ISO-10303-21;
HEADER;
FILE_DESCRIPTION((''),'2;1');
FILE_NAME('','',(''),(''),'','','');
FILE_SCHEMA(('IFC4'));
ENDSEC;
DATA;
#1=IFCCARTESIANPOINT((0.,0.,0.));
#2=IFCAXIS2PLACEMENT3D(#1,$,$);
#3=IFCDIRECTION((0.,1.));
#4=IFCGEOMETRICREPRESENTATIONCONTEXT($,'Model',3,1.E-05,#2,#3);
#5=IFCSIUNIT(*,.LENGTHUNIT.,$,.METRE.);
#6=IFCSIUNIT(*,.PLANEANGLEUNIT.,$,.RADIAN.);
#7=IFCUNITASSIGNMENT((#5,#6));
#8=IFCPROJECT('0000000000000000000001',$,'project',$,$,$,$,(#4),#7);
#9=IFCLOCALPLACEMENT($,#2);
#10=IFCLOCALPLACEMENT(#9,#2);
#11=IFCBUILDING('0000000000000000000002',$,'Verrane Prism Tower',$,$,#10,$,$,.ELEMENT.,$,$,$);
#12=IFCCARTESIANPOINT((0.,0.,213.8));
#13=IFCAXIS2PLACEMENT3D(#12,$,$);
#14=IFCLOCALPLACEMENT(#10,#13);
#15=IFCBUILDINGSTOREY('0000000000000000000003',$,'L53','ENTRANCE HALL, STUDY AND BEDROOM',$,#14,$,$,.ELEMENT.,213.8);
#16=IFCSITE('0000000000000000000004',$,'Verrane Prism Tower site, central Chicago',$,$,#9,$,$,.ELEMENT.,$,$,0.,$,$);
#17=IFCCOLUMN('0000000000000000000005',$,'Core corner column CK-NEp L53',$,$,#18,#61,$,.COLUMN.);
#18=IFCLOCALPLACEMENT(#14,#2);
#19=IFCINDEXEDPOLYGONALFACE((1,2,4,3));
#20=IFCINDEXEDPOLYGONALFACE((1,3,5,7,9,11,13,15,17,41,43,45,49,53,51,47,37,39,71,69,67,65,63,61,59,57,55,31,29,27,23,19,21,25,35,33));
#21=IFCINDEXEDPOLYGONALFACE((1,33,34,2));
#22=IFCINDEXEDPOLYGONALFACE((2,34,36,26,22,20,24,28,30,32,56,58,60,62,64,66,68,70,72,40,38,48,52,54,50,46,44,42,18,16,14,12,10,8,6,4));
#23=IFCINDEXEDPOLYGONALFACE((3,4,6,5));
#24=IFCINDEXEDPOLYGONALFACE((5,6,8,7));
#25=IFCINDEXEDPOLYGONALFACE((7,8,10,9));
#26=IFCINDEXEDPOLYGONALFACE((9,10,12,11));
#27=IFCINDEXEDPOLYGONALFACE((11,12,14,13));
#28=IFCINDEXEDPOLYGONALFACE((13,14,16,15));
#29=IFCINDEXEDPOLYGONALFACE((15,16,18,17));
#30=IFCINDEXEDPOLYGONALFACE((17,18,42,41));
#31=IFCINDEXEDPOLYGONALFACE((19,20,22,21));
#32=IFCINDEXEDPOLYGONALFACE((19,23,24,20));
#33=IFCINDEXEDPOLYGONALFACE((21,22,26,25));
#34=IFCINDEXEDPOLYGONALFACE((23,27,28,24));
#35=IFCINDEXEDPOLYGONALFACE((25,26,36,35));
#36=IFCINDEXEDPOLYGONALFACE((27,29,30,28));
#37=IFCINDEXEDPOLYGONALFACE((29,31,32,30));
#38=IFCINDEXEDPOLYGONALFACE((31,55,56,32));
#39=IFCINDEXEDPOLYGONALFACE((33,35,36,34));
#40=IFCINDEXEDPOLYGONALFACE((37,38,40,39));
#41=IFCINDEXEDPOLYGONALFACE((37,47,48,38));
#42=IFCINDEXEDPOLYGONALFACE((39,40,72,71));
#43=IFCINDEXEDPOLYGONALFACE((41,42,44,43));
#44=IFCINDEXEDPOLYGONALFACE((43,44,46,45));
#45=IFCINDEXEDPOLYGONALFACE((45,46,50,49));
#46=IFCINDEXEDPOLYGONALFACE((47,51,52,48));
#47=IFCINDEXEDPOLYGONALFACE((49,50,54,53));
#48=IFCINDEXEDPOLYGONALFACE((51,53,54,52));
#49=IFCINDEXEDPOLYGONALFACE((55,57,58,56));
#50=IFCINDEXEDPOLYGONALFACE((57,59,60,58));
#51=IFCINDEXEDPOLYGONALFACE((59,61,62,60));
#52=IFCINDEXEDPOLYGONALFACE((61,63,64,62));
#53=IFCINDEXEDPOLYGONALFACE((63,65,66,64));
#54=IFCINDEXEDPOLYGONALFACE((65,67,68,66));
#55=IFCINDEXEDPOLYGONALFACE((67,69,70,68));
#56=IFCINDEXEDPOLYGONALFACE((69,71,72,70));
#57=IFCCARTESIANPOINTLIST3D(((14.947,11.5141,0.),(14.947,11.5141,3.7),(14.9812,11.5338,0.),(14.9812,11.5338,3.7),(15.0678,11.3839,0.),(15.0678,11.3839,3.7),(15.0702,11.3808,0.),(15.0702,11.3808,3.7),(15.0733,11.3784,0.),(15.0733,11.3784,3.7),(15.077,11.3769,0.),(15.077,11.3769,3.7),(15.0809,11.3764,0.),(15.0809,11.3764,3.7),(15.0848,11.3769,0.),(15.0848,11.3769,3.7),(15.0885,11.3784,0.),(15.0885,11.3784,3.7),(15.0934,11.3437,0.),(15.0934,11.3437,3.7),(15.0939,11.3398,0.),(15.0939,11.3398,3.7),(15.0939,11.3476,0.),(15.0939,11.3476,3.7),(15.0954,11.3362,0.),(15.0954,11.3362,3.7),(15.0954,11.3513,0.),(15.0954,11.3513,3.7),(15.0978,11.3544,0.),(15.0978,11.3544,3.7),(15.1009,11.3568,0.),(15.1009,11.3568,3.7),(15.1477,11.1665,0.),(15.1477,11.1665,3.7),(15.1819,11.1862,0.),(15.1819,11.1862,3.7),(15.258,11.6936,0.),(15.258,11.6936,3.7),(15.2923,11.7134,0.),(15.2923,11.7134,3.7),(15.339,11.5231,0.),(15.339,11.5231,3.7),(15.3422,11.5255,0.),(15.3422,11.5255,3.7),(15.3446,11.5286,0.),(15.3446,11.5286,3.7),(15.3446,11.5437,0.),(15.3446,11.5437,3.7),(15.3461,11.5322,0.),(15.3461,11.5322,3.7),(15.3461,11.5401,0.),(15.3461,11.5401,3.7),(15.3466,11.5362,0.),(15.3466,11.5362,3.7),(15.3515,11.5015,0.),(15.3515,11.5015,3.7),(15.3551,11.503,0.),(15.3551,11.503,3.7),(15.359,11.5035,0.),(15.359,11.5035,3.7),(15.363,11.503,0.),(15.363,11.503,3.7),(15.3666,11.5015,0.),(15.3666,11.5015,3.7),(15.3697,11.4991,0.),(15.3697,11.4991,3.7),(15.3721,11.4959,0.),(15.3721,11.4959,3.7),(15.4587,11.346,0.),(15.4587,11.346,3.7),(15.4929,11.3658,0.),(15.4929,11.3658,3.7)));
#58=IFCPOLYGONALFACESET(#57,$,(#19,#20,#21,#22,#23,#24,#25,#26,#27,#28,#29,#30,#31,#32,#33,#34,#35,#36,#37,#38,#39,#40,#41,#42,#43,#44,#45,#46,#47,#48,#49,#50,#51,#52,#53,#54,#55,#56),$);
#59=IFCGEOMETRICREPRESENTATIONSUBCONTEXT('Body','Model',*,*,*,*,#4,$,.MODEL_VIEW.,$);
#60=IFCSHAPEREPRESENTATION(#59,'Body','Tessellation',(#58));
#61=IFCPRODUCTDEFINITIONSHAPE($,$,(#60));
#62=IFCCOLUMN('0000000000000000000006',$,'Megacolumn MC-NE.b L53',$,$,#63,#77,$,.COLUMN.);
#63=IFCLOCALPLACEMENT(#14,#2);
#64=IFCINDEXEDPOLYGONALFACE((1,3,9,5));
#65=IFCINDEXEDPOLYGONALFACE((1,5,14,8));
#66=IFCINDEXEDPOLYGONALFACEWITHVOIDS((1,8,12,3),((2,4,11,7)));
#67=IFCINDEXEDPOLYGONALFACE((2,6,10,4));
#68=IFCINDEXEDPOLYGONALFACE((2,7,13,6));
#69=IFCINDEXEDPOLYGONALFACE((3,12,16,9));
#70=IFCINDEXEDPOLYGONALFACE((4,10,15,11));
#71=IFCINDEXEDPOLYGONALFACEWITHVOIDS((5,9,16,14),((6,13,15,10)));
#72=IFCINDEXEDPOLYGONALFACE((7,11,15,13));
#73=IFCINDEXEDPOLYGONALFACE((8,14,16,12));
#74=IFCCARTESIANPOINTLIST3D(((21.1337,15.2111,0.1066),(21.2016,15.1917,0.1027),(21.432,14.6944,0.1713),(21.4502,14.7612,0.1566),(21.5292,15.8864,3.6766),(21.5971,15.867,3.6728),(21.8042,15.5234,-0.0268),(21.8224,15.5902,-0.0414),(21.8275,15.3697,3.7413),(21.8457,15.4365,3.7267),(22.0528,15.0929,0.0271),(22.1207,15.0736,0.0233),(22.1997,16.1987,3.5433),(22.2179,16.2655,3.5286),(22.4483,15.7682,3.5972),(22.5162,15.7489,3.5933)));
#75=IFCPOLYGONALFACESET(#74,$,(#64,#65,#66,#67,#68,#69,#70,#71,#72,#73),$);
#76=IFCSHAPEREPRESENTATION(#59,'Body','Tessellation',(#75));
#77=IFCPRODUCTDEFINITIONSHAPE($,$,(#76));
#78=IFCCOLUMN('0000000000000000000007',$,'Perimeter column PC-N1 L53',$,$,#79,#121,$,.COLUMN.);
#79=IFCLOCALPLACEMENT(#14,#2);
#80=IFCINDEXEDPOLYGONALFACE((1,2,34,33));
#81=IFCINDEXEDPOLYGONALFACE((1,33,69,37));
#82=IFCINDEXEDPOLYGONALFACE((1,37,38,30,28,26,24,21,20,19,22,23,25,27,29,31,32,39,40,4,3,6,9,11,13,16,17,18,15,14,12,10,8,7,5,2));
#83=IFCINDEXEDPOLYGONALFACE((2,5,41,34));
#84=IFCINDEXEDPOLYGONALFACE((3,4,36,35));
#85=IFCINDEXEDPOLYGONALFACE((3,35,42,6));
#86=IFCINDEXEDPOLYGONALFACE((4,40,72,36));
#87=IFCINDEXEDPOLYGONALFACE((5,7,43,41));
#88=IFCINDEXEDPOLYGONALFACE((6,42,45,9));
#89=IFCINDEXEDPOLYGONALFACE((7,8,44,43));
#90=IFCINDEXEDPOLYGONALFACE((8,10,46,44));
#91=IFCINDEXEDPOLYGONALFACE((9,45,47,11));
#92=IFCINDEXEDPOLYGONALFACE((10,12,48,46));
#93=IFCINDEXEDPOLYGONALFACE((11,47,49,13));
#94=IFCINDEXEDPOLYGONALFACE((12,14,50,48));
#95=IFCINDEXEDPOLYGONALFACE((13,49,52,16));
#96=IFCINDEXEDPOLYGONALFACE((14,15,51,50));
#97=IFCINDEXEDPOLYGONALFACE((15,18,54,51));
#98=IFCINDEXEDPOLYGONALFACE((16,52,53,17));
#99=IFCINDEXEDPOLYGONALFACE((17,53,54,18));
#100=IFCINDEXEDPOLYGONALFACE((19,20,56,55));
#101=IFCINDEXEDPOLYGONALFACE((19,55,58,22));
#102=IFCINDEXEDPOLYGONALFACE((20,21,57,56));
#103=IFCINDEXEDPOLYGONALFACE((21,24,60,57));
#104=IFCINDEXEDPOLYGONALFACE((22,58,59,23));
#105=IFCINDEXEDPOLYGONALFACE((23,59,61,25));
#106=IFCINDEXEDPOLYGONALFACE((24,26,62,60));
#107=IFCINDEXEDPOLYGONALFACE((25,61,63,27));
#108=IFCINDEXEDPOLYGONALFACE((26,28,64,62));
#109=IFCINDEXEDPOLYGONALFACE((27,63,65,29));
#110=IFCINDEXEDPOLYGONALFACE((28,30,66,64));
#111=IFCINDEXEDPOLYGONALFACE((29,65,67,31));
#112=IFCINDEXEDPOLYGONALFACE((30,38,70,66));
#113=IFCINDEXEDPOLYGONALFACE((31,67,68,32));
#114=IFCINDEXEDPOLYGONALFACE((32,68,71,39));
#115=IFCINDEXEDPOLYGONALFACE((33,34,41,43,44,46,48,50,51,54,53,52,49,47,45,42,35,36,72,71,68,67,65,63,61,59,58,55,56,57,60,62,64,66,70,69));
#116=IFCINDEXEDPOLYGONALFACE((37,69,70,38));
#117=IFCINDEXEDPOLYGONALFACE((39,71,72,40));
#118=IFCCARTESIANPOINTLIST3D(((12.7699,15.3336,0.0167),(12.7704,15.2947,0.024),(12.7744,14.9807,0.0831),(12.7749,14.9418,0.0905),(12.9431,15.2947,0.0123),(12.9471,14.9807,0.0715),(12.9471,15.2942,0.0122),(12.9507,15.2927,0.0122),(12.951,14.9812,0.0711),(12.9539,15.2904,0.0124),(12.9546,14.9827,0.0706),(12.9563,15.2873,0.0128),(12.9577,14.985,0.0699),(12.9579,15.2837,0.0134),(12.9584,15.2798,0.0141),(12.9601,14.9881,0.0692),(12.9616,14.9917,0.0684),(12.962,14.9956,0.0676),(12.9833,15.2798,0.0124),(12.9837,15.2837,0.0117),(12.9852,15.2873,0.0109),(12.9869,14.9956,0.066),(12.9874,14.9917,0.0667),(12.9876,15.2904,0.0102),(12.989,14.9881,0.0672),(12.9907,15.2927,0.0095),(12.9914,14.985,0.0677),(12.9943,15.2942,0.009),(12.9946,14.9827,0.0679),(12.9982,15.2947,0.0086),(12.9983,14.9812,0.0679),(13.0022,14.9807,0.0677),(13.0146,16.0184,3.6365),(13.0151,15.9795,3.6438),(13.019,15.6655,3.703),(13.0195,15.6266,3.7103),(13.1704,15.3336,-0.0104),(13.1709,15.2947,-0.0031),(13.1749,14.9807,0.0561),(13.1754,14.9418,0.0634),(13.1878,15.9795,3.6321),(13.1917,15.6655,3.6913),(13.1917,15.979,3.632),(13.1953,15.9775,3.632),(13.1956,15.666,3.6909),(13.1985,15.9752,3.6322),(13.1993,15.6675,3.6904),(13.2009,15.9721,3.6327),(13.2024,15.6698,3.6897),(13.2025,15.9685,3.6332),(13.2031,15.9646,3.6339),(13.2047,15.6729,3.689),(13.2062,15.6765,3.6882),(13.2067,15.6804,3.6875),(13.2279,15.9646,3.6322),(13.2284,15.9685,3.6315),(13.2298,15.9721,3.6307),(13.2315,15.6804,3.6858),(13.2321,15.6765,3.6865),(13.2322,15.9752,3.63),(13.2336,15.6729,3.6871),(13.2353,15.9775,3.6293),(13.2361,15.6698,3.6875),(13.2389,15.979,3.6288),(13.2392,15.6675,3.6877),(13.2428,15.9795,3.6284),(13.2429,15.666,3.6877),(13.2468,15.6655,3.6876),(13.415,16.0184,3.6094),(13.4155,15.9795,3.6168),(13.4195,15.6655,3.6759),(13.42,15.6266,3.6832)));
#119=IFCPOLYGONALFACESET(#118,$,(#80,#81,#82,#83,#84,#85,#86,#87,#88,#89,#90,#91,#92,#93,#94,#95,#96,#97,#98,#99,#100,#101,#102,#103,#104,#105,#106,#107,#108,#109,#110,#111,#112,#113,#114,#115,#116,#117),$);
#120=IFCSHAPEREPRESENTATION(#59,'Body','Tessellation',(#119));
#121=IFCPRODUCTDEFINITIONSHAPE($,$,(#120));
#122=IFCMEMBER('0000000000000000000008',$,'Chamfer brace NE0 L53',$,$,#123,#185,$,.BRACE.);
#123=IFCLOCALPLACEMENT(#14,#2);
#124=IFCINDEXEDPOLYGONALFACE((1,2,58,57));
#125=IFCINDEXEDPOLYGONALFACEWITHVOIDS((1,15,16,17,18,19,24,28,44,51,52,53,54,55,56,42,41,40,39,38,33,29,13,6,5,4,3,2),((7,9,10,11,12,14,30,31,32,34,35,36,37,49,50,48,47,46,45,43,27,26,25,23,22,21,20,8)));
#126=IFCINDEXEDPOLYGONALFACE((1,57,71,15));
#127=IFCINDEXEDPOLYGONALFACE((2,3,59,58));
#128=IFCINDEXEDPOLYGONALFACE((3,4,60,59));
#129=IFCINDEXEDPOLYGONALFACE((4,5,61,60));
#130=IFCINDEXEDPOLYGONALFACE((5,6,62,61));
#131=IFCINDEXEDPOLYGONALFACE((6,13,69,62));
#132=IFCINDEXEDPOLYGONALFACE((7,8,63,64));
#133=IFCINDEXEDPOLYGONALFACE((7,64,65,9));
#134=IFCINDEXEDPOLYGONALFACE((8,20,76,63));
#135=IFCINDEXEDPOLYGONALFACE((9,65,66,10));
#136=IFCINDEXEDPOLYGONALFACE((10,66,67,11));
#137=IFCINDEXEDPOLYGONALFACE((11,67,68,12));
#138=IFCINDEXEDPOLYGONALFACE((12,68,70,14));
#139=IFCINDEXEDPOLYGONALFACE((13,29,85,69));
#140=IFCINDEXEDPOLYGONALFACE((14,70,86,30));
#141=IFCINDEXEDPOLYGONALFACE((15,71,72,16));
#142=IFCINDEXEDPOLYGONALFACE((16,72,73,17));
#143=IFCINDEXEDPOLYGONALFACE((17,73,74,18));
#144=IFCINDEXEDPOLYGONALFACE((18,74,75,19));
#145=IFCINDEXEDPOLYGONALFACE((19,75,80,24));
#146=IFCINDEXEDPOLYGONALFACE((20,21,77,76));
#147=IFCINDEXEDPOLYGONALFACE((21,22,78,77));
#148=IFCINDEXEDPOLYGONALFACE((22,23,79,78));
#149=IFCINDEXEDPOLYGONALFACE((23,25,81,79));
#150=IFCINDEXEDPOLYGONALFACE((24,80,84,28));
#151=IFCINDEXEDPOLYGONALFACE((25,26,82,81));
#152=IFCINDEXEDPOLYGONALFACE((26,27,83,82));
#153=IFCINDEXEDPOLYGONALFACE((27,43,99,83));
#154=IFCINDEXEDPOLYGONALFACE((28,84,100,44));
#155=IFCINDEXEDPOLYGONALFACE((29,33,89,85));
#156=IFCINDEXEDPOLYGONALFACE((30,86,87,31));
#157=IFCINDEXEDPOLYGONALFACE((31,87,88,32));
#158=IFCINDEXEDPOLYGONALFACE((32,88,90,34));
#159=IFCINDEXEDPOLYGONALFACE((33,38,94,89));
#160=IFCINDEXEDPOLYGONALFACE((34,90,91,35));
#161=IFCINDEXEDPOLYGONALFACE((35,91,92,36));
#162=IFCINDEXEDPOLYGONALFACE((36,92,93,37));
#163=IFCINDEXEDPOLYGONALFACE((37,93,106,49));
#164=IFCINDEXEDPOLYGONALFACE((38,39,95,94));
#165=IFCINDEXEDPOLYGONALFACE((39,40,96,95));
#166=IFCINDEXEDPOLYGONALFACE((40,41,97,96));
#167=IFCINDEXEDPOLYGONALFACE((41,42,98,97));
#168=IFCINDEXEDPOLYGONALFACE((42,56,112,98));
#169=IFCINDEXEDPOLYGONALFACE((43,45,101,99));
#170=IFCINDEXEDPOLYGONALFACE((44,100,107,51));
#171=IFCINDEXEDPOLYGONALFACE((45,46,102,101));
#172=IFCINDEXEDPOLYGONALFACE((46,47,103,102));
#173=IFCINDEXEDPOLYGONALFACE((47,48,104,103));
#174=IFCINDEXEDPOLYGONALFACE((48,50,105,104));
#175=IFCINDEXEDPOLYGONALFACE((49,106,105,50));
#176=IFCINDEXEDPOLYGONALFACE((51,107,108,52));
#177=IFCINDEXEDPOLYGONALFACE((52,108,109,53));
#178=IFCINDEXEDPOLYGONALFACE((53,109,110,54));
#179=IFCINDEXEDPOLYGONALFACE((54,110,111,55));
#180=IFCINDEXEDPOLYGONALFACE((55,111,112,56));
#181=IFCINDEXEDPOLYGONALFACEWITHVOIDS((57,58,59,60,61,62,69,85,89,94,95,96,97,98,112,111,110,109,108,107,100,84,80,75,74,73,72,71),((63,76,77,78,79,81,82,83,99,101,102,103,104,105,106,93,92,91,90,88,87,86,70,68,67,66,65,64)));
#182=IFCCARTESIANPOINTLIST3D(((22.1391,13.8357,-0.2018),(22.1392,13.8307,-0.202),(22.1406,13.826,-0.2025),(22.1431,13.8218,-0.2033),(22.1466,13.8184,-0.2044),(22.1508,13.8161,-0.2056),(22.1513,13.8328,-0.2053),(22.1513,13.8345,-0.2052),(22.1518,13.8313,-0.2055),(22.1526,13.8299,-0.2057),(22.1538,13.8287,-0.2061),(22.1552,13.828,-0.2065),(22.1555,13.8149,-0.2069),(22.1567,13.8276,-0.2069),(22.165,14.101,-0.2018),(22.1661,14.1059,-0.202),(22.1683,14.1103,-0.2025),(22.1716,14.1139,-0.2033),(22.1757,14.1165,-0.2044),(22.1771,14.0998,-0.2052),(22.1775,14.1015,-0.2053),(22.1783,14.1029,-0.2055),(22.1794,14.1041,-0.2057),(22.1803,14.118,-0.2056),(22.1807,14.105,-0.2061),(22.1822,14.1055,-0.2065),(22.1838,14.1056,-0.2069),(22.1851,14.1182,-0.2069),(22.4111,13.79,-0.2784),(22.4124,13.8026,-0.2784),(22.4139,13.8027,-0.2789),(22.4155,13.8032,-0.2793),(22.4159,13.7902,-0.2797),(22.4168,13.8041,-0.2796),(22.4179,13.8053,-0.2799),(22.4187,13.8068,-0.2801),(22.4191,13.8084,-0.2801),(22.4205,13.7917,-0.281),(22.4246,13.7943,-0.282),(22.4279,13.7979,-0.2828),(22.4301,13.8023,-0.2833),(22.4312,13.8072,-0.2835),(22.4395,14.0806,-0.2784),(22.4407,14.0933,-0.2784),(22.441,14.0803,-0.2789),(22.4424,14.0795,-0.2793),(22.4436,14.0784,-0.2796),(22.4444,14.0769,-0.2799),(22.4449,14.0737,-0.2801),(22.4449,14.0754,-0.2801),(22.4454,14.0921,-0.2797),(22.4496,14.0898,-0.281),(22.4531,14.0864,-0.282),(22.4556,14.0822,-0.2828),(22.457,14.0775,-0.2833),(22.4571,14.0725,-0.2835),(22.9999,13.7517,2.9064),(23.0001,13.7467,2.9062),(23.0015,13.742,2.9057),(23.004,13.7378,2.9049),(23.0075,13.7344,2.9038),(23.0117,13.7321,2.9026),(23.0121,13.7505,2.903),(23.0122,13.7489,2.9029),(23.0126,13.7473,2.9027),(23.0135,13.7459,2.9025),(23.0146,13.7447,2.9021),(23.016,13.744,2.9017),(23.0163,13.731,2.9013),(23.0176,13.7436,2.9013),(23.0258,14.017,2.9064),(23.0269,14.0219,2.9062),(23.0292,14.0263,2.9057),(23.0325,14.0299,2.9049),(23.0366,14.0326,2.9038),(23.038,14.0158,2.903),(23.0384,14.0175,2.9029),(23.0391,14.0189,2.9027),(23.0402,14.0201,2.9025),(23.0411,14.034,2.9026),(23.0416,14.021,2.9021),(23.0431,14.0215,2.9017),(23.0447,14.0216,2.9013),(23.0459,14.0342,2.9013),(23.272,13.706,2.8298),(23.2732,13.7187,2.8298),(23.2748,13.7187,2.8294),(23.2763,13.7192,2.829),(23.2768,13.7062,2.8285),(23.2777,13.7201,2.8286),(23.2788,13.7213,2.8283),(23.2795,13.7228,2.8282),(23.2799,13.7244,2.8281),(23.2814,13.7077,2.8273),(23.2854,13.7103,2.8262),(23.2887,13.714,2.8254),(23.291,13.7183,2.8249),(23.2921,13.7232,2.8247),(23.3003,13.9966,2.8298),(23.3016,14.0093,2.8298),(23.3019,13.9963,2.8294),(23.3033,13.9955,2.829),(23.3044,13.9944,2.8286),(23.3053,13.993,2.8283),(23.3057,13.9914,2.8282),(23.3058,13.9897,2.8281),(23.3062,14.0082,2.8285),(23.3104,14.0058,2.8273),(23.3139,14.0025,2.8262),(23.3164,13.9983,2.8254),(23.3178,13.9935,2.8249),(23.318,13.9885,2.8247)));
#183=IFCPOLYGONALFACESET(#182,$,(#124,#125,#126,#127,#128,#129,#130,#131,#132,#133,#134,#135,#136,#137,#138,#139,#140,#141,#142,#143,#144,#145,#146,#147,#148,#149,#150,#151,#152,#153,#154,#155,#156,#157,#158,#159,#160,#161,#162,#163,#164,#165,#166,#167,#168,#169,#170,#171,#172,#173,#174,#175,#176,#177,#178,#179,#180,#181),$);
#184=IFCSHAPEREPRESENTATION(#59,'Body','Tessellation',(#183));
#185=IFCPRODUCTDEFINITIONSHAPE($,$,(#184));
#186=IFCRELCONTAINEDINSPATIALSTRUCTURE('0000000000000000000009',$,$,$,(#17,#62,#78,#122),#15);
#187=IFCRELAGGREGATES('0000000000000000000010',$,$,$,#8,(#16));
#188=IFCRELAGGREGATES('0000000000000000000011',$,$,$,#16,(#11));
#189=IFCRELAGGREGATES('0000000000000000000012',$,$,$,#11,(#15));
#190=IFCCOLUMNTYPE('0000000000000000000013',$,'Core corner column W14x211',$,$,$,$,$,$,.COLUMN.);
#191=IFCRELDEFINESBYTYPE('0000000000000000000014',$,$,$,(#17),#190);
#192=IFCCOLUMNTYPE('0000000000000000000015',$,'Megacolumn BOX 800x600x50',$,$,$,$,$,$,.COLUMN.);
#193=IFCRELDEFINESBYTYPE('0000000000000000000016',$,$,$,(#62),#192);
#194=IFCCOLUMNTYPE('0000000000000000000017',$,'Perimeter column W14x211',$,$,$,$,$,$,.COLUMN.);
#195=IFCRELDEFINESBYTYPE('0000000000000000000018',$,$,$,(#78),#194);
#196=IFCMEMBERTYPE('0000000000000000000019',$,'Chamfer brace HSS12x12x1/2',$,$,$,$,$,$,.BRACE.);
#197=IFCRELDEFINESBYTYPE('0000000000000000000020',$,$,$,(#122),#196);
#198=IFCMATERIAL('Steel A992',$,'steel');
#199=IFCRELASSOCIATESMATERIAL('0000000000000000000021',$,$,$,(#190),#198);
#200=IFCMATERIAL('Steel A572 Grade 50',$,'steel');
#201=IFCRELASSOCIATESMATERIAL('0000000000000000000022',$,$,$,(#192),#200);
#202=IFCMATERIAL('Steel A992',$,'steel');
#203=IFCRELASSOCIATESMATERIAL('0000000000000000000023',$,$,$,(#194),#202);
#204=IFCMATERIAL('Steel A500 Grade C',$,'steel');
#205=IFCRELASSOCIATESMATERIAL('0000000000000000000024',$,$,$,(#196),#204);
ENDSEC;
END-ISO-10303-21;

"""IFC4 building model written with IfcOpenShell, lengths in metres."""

from ifc_helpers import new_model, si_unit, direction, frame, origin, origin_2d, place, context, subcontext, project, spatial, hollow_rectangle, i_section, extrude, material, material_profile, profile_set, type_object, element, save


model = new_model("IFC4")

# Units and contexts
model_context = context("Model", 3, precision=1e-05, world=origin(), true_north=direction((0.0, 1.0)))
body_context = subcontext(model_context, "Body", "Model", "MODEL_VIEW")
ifc_project = project(units=[si_unit("LENGTHUNIT", "METRE"), si_unit("PLANEANGLEUNIT", "RADIAN")], contexts=[model_context])

# Site, building, storey
site_placement = place(None, origin())
site = spatial("IfcSite", under=ifc_project, at=site_placement, Name="Verrane Prism Tower site, central Chicago", CompositionType="ELEMENT", RefElevation=0.0)
building_placement = place(site_placement, origin())
building = spatial("IfcBuilding", under=site, at=building_placement, Name="Verrane Prism Tower", CompositionType="ELEMENT")
storey_placement = place(building_placement, frame((0.0, 0.0, 213.8)))
storey = spatial("IfcBuildingStorey", under=building, at=storey_placement, Name="L53", Description="ENTRANCE HALL, STUDY AND BEDROOM", CompositionType="ELEMENT", Elevation=213.8)

# Columns
ifc_material_1 = material(Name="Steel A992", Category="steel")
ifc_material_profile_1 = material_profile(ifc_material_1, i_section(OverallWidth=0.4014, OverallDepth=0.3987, WebThickness=0.0249, FlangeThickness=0.0396, FilletRadius=0.0151, at=origin_2d()), Name="W14x211")
ifc_profile_set_1 = profile_set([ifc_material_profile_1], Name="Steel A992")
column_type_1 = type_object("IfcColumnType", Name="Core corner column W14x211", PredefinedType="COLUMN", material=ifc_profile_set_1)
column_1_placement = place(storey_placement, frame((15.22, 11.4399, 0.0), z_axis=(0.0, 0.0, 1.0), x_axis=(0.5, -0.866025, 0.0)))
element("IfcColumn", 1, at=column_1_placement, inside=storey, type_object=column_type_1, Name="Core corner column CK-NEp L53", PredefinedType="COLUMN", context=body_context, shape_type="SweptSolid", body=[
    extrude(i_section(OverallWidth=0.4014, OverallDepth=0.3987, WebThickness=0.0249, FlangeThickness=0.0396, FilletRadius=0.0151, at=origin_2d()), origin(), (0.0, 0.0, 1.0), 3.7),
])
ifc_material_2 = material(Name="Steel A572 Grade 50", Category="steel")
ifc_material_profile_2 = material_profile(ifc_material_2, hollow_rectangle(XDim=0.6001, YDim=0.8, WallThickness=0.05, at=origin_2d()), Name="BOX 800x600x50")
ifc_profile_set_2 = profile_set([ifc_material_profile_2], Name="Steel A572 Grade 50")
column_type_2 = type_object("IfcColumnType", Name="Megacolumn BOX 800x600x50", PredefinedType="COLUMN", material=ifc_profile_set_2)
column_2_placement = place(storey_placement, frame((21.6272, 15.1423, 0.0649), z_axis=(0.108215, 0.184767, 0.976806), x_axis=(0.497104, -0.860971, 0.107785)))
element("IfcColumn", 2, at=column_2_placement, inside=storey, type_object=column_type_2, Name="Megacolumn MC-NE.b L53", PredefinedType="COLUMN", context=body_context, shape_type="SweptSolid", body=[
    extrude(hollow_rectangle(XDim=0.6001, YDim=0.8, WallThickness=0.05, at=origin_2d()), origin(), (0.0, 0.0, 1.0), 3.6548),
])
ifc_material_3 = material(Name="Steel A992", Category="steel")
ifc_material_profile_3 = material_profile(ifc_material_3, i_section(OverallWidth=0.4014, OverallDepth=0.3987, WebThickness=0.0249, FlangeThickness=0.0396, FilletRadius=0.0151, at=origin_2d()), Name="W14x211")
ifc_profile_set_3 = profile_set([ifc_material_profile_3], Name="Steel A992")
column_type_3 = type_object("IfcColumnType", Name="Perimeter column W14x211", PredefinedType="COLUMN", material=ifc_profile_set_3)
column_3_placement = place(storey_placement, frame((12.9727, 15.1377, 0.04), z_axis=(0.066256, 0.185476, 0.980413), x_axis=(0.997725, -0.000067, -0.067413)))
element("IfcColumn", 3, at=column_3_placement, inside=storey, type_object=column_type_3, Name="Perimeter column PC-N1 L53", PredefinedType="COLUMN", context=body_context, shape_type="SweptSolid", body=[
    extrude(i_section(OverallWidth=0.4014, OverallDepth=0.3987, WebThickness=0.0249, FlangeThickness=0.0396, FilletRadius=0.0151, at=origin_2d()), origin(), (0.0, 0.0, 1.0), 3.6921),
])

# Member
ifc_material_4 = material(Name="Steel A500 Grade C", Category="steel")
ifc_material_profile_4 = material_profile(ifc_material_4, hollow_rectangle(XDim=0.3047, YDim=0.3047, WallThickness=0.0127, InnerFilletRadius=0.0063, OuterFilletRadius=0.019, at=origin_2d()), Name="HSS12x12x1/2")
ifc_profile_set_4 = profile_set([ifc_material_profile_4], Name="Steel A500 Grade C")
member_type_1 = type_object("IfcMemberType", Name="Chamfer brace HSS12x12x1/2", PredefinedType="BRACE", material=ifc_profile_set_4)
member_1_placement = place(storey_placement, frame((22.2981, 13.9541, -0.2427), z_axis=(0.266823, -0.026032, 0.963394), x_axis=(0.0971, 0.995275, 0.0)))
element("IfcMember", 4, at=member_1_placement, inside=storey, type_object=member_type_1, Name="Chamfer brace NE0 L53", PredefinedType="BRACE", context=body_context, shape_type="SweptSolid", body=[
    extrude(hollow_rectangle(XDim=0.3047, YDim=0.3047, WallThickness=0.0127, InnerFilletRadius=0.0063, OuterFilletRadius=0.019, at=origin_2d()), origin(), (0.0, 0.0, 1.0), 3.2263),
])

save(model, "model.ifc")
